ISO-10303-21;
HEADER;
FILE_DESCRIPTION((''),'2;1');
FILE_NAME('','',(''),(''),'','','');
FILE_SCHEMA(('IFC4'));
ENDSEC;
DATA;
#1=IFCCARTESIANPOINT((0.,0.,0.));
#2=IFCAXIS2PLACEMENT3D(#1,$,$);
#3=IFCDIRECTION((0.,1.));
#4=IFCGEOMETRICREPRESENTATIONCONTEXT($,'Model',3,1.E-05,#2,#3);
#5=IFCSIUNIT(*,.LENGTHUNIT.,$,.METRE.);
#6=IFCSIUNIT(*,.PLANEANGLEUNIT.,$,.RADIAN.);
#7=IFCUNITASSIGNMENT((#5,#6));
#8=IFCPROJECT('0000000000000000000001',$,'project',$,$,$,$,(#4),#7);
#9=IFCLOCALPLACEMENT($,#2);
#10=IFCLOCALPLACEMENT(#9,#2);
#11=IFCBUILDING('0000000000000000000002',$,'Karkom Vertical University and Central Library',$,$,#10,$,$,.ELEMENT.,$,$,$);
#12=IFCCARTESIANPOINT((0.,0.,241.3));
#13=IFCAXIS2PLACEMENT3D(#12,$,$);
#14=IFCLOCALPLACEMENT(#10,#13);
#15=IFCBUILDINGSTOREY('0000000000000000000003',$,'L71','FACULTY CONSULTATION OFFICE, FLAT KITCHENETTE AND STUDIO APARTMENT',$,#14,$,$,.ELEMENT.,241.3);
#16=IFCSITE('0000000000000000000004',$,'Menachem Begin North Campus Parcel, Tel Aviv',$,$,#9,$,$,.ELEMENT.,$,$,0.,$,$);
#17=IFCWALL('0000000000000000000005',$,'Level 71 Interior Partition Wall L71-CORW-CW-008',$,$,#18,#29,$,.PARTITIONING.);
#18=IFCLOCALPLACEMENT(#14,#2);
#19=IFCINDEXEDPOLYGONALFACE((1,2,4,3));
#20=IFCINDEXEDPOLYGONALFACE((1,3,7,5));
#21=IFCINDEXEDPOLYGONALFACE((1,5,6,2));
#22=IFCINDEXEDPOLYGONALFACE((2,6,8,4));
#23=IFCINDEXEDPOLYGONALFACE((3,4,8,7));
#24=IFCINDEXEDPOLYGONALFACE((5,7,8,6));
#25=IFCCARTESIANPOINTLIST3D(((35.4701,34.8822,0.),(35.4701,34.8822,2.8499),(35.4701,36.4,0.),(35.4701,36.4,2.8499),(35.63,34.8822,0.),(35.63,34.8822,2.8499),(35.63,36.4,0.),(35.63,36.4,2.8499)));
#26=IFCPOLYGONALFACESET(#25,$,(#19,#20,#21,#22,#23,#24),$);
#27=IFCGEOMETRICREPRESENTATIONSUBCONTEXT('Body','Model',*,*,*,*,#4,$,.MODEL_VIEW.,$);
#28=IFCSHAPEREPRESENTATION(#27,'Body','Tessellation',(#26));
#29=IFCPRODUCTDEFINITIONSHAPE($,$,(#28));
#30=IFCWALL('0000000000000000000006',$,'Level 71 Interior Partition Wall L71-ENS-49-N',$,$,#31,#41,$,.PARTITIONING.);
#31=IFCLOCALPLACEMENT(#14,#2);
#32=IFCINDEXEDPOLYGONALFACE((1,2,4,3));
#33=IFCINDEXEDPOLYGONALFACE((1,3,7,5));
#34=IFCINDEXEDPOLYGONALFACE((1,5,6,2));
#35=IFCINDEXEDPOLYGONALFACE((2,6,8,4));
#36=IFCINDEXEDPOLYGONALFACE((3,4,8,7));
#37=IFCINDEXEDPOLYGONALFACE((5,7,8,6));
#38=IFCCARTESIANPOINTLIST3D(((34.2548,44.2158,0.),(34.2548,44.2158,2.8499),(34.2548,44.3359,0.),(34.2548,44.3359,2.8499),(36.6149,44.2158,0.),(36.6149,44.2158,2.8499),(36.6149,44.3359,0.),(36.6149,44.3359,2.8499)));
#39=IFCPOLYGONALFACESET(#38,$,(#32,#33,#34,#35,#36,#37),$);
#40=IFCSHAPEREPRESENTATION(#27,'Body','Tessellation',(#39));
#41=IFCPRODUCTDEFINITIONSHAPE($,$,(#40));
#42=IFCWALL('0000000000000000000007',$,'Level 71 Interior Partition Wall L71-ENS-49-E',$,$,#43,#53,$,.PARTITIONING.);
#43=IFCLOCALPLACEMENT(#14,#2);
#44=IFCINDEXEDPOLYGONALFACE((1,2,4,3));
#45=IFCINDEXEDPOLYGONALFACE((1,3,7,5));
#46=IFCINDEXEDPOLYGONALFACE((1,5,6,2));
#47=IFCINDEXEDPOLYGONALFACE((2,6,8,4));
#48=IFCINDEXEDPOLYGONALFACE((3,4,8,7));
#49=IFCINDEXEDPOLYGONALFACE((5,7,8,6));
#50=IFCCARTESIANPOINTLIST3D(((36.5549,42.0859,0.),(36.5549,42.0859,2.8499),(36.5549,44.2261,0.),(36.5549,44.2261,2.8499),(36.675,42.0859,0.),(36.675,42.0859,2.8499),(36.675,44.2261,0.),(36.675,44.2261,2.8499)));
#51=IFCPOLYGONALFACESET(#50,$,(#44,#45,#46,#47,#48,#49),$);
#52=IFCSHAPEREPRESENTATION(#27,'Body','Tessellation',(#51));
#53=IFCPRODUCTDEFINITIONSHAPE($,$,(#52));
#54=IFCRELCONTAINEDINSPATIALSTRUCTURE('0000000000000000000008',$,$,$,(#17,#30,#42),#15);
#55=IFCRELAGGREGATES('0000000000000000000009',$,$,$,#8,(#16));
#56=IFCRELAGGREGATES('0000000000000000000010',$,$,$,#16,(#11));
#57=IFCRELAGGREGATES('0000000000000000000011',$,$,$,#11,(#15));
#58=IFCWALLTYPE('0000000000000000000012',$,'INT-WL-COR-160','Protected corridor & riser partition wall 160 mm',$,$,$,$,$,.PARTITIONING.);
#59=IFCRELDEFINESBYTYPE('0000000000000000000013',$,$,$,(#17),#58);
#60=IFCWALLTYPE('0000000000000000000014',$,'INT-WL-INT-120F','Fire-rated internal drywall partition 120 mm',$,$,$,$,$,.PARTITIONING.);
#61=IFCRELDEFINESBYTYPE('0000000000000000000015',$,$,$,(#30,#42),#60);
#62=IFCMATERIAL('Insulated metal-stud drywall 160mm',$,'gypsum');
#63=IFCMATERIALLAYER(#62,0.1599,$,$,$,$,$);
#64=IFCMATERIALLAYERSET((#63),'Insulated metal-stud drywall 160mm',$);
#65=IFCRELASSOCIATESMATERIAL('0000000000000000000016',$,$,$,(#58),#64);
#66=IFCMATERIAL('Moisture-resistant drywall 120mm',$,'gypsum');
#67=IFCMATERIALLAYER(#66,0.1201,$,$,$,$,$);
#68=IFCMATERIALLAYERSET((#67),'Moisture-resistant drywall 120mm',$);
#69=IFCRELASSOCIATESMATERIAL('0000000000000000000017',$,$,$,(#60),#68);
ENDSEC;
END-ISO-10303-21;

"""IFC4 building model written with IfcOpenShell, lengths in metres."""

from ifc_helpers import new_model, si_unit, direction, frame, frame_2d, origin, place, context, subcontext, project, spatial, rectangle, extrude, material, layer, layer_set, type_object, element, save


model = new_model("IFC4")

# Units and contexts
model_context = context("Model", 3, precision=1e-05, world=origin(), true_north=direction((0.0, 1.0)))
body_context = subcontext(model_context, "Body", "Model", "MODEL_VIEW")
ifc_project = project(units=[si_unit("LENGTHUNIT", "METRE"), si_unit("PLANEANGLEUNIT", "RADIAN")], contexts=[model_context])

# Site, building, storey
site_placement = place(None, origin())
site = spatial("IfcSite", under=ifc_project, at=site_placement, Name="Menachem Begin North Campus Parcel, Tel Aviv", CompositionType="ELEMENT", RefElevation=0.0)
building_placement = place(site_placement, origin())
building = spatial("IfcBuilding", under=site, at=building_placement, Name="Karkom Vertical University and Central Library", CompositionType="ELEMENT")
storey_placement = place(building_placement, frame((0.0, 0.0, 241.3)))
storey = spatial("IfcBuildingStorey", under=building, at=storey_placement, Name="L71", Description="FACULTY CONSULTATION OFFICE, FLAT KITCHENETTE AND STUDIO APARTMENT", CompositionType="ELEMENT", Elevation=241.3)

# Walls
ifc_material_1 = material(Name="Insulated metal-stud drywall 160mm", Category="gypsum")
ifc_layer_1 = layer(ifc_material_1, 0.1599)
ifc_layer_set_1 = layer_set([ifc_layer_1], Name="Insulated metal-stud drywall 160mm")
wall_type_1 = type_object("IfcWallType", Name="INT-WL-COR-160", Description="Protected corridor & riser partition wall 160 mm", PredefinedType="PARTITIONING", material=ifc_layer_set_1)
wall_1_placement = place(storey_placement, frame((35.55, 36.3999, 0.0), z_axis=(0.0, 0.0, 1.0), x_axis=(0.0, -1.0, 0.0)))
element("IfcWall", 1, at=wall_1_placement, inside=storey, type_object=wall_type_1, Name="Level 71 Interior Partition Wall L71-CORW-CW-008", PredefinedType="PARTITIONING", context=body_context, shape_type="SweptSolid", body=[
    extrude(rectangle(XDim=1.5178, YDim=0.1599, at=frame_2d((0.7588, 0.0))), origin(), (0.0, 0.0, 1.0), 2.8499),
])
ifc_material_2 = material(Name="Moisture-resistant drywall 120mm", Category="gypsum")
ifc_layer_2 = layer(ifc_material_2, 0.1201)
ifc_layer_set_2 = layer_set([ifc_layer_2], Name="Moisture-resistant drywall 120mm")
wall_type_2 = type_object("IfcWallType", Name="INT-WL-INT-120F", Description="Fire-rated internal drywall partition 120 mm", PredefinedType="PARTITIONING", material=ifc_layer_set_2)
wall_2_placement = place(storey_placement, frame((36.615, 44.2759, 0.0), z_axis=(0.0, 0.0, 1.0), x_axis=(-1.0, 0.0, 0.0)))
element("IfcWall", 2, at=wall_2_placement, inside=storey, type_object=wall_type_2, Name="Level 71 Interior Partition Wall L71-ENS-49-N", PredefinedType="PARTITIONING", context=body_context, shape_type="SweptSolid", body=[
    extrude(rectangle(XDim=2.3601, YDim=0.1201, at=frame_2d((1.1802, 0.0))), origin(), (0.0, 0.0, 1.0), 2.8499),
])
wall_3_placement = place(storey_placement, frame((36.615, 42.0859, 0.0), z_axis=(0.0, 0.0, 1.0), x_axis=(0.0, 1.0, 0.0)))
element("IfcWall", 3, at=wall_3_placement, inside=storey, type_object=wall_type_2, Name="Level 71 Interior Partition Wall L71-ENS-49-E", PredefinedType="PARTITIONING", context=body_context, shape_type="SweptSolid", body=[
    extrude(rectangle(XDim=2.1401, YDim=0.1201, at=frame_2d((1.0701, 0.0))), origin(), (0.0, 0.0, 1.0), 2.8499),
])

save(model, "model.ifc")
